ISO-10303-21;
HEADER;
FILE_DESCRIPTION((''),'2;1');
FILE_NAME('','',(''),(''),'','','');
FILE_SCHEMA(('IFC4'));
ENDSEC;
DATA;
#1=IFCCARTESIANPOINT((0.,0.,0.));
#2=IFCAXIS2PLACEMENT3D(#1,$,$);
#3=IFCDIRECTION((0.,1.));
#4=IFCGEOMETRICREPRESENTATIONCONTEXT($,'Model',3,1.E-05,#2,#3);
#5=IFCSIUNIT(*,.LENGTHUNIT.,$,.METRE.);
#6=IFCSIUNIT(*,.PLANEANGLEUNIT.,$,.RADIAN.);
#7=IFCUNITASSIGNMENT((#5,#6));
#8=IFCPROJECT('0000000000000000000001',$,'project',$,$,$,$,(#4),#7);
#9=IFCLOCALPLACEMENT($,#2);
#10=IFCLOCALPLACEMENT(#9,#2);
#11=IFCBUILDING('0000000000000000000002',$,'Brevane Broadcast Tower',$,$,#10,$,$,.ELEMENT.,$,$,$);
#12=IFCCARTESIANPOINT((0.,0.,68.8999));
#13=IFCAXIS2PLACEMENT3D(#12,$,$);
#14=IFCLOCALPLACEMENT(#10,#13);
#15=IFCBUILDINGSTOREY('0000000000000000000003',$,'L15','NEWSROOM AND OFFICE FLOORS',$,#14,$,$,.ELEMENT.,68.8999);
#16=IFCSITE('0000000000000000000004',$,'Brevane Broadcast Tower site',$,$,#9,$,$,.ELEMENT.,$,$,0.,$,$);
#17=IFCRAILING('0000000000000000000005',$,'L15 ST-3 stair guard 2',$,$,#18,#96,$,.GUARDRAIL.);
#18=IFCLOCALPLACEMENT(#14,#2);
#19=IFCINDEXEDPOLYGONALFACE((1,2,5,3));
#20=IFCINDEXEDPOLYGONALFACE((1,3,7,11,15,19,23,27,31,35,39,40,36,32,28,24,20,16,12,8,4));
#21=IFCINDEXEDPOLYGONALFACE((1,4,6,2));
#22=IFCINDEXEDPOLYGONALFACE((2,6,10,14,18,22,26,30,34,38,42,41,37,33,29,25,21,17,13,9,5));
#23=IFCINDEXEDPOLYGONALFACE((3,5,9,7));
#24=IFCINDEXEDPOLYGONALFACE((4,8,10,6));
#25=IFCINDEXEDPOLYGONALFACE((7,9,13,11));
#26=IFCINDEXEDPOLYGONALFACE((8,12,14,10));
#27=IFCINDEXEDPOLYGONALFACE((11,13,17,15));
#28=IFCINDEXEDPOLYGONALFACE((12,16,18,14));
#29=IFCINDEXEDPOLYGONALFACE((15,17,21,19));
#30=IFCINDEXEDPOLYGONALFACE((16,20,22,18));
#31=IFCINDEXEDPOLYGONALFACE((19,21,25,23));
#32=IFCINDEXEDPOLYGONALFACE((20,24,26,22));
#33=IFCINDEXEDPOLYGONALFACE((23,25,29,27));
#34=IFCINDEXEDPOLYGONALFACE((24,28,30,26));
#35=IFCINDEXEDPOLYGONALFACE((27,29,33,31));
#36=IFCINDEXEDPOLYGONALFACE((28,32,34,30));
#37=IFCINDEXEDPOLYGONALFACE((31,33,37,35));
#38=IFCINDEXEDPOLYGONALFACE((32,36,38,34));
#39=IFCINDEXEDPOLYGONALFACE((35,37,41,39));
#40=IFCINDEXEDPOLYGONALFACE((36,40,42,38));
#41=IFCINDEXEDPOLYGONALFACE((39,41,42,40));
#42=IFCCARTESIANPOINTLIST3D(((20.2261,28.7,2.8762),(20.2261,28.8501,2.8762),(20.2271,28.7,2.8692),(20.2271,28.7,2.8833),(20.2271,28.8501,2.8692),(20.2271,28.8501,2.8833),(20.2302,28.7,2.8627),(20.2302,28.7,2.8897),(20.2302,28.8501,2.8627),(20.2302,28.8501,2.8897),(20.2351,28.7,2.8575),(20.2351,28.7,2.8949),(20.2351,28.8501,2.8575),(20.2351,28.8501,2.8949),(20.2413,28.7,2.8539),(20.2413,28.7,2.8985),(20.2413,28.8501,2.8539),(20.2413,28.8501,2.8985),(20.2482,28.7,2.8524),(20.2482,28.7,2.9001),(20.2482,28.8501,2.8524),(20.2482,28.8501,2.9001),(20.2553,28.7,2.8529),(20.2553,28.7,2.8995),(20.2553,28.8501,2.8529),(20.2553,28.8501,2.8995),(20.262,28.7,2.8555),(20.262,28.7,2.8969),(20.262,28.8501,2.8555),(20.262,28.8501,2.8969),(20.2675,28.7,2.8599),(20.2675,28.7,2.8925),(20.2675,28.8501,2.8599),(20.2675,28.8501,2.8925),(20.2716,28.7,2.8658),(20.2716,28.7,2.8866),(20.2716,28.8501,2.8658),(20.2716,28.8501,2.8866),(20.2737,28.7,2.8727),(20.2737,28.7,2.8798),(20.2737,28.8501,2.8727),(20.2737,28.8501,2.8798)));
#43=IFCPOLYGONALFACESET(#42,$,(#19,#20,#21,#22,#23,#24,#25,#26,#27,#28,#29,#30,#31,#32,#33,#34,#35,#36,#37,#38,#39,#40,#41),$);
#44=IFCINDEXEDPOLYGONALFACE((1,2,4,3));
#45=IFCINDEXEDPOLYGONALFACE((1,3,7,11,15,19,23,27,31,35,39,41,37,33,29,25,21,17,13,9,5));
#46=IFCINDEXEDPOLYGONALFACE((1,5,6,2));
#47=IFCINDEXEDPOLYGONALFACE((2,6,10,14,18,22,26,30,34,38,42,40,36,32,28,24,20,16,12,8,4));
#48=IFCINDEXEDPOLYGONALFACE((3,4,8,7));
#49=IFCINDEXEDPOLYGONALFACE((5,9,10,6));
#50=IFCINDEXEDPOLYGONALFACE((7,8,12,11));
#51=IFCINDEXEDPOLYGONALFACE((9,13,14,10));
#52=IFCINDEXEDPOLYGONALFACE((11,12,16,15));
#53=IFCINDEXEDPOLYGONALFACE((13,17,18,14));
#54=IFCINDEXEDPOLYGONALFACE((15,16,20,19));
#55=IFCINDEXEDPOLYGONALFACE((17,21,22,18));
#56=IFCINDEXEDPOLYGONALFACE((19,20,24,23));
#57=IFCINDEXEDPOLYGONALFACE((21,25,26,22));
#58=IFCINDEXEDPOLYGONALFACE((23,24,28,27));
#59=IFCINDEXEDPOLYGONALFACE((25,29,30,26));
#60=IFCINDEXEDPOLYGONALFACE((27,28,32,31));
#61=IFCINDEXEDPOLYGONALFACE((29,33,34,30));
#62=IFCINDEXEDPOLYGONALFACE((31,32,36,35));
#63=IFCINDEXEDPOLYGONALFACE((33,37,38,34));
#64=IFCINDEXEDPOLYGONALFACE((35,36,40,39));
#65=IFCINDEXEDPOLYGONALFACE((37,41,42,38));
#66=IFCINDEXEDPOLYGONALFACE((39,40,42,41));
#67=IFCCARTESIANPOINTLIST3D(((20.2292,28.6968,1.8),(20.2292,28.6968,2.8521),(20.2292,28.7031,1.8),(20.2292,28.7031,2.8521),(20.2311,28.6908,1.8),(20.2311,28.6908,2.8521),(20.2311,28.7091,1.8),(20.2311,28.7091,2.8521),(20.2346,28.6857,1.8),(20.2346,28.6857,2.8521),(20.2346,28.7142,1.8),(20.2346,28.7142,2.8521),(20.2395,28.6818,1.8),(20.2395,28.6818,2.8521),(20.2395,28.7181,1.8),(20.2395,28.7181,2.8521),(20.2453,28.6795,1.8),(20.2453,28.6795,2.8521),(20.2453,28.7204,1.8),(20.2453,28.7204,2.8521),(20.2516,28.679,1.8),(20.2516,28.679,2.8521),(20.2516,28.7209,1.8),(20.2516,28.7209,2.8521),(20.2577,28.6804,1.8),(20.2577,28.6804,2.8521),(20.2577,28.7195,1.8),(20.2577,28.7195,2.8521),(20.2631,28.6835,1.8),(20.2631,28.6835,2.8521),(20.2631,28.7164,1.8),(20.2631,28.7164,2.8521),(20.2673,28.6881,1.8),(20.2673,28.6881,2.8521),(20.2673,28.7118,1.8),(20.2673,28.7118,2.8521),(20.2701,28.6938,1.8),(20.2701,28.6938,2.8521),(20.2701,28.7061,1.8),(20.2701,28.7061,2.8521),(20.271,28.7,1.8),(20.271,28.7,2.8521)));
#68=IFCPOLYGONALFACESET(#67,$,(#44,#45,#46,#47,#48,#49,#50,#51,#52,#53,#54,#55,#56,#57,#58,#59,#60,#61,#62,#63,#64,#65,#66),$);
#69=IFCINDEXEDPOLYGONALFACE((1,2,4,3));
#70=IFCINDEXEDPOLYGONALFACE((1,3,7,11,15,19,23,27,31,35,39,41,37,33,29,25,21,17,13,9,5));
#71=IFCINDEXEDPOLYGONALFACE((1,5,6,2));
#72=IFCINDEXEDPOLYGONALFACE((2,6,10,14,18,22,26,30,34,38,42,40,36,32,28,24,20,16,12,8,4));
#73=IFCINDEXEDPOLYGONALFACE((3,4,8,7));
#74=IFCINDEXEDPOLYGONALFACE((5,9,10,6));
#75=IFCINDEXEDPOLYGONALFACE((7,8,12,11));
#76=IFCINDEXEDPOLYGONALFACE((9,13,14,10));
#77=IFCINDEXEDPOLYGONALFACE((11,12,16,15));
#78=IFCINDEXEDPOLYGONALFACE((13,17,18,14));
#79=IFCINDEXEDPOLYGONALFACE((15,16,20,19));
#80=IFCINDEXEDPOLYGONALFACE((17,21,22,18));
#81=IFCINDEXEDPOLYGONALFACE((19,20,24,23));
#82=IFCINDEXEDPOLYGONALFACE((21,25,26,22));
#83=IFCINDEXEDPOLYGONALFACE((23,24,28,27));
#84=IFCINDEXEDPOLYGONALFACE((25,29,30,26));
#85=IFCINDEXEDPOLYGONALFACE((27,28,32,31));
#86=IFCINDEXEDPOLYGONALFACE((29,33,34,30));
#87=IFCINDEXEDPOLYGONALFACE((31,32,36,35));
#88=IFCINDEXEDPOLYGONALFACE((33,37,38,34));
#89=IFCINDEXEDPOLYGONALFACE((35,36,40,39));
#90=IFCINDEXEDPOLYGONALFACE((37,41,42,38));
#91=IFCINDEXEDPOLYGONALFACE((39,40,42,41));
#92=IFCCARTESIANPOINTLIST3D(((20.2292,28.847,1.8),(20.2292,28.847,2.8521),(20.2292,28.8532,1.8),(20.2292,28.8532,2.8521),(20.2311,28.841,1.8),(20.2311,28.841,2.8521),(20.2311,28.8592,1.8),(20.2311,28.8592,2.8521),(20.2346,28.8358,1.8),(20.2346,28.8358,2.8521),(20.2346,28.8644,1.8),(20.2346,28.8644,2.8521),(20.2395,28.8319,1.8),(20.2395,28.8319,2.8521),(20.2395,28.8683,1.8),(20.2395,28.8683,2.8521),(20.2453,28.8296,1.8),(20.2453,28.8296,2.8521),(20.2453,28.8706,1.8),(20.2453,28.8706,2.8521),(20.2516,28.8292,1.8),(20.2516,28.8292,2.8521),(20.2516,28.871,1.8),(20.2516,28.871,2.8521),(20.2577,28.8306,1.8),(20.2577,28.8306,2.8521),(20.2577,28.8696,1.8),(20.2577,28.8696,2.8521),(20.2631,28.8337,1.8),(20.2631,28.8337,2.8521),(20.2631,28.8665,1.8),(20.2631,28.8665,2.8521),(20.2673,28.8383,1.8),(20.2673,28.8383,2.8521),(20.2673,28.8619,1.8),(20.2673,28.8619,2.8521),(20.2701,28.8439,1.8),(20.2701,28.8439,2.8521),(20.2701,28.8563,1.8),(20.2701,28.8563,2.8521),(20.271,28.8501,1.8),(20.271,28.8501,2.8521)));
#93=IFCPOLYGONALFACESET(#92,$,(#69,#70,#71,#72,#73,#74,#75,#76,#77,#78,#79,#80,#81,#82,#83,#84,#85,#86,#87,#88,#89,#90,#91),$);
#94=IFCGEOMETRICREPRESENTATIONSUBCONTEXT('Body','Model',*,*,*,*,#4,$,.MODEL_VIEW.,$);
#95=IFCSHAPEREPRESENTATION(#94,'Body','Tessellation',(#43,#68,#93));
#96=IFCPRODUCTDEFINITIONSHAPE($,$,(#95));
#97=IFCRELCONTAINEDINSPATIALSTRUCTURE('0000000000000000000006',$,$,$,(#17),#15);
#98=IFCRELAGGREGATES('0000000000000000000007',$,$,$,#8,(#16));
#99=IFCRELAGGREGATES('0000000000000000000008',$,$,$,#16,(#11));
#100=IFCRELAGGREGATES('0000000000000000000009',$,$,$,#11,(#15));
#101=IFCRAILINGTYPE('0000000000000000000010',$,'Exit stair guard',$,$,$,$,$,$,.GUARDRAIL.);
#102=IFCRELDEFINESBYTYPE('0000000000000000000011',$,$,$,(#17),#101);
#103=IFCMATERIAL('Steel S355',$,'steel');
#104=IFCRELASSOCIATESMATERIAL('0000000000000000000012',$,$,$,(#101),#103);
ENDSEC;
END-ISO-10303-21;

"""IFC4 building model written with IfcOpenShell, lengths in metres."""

from ifc_helpers import new_model, si_unit, direction, frame, origin, origin_2d, place, context, subcontext, project, spatial, circle, extrude, material, type_object, element, save


model = new_model("IFC4")

# Units and contexts
model_context = context("Model", 3, precision=1e-05, world=origin(), true_north=direction((0.0, 1.0)))
body_context = subcontext(model_context, "Body", "Model", "MODEL_VIEW")
ifc_project = project(units=[si_unit("LENGTHUNIT", "METRE"), si_unit("PLANEANGLEUNIT", "RADIAN")], contexts=[model_context])

# Site, building, storey
site_placement = place(None, origin())
site = spatial("IfcSite", under=ifc_project, at=site_placement, Name="Brevane Broadcast Tower site", CompositionType="ELEMENT", RefElevation=0.0)
building_placement = place(site_placement, origin())
building = spatial("IfcBuilding", under=site, at=building_placement, Name="Brevane Broadcast Tower", CompositionType="ELEMENT")
storey_placement = place(building_placement, frame((0.0, 0.0, 68.8999)))
storey = spatial("IfcBuildingStorey", under=building, at=storey_placement, Name="L15", Description="NEWSROOM AND OFFICE FLOORS", CompositionType="ELEMENT", Elevation=68.8999)

# Railing
ifc_material_1 = material(Name="Steel S355", Category="steel")
railing_type_1 = type_object("IfcRailingType", Name="Exit stair guard", PredefinedType="GUARDRAIL", material=ifc_material_1)
railing_1_placement = place(storey_placement, frame((20.25, 28.7, 1.8)))
element("IfcRailing", 1, at=railing_1_placement, inside=storey, type_object=railing_type_1, Name="L15 ST-3 stair guard 2", PredefinedType="GUARDRAIL", context=body_context, shape_type="SweptSolid", body=[
    extrude(circle(Radius=0.0239, at=origin_2d()), frame((0.0, 0.0, 1.0762), z_axis=(0.0, 1.0, 0.0), x_axis=(-1.0, 0.0, 0.0)), (0.0, 0.0, 1.0), 0.1501),
    extrude(circle(Radius=0.021, at=origin_2d()), origin(), (0.0, 0.0, 1.0), 1.052),
    extrude(circle(Radius=0.021, at=origin_2d()), frame((0.0, 0.1501, 0.0)), (0.0, 0.0, 1.0), 1.052),
])

save(model, "model.ifc")
